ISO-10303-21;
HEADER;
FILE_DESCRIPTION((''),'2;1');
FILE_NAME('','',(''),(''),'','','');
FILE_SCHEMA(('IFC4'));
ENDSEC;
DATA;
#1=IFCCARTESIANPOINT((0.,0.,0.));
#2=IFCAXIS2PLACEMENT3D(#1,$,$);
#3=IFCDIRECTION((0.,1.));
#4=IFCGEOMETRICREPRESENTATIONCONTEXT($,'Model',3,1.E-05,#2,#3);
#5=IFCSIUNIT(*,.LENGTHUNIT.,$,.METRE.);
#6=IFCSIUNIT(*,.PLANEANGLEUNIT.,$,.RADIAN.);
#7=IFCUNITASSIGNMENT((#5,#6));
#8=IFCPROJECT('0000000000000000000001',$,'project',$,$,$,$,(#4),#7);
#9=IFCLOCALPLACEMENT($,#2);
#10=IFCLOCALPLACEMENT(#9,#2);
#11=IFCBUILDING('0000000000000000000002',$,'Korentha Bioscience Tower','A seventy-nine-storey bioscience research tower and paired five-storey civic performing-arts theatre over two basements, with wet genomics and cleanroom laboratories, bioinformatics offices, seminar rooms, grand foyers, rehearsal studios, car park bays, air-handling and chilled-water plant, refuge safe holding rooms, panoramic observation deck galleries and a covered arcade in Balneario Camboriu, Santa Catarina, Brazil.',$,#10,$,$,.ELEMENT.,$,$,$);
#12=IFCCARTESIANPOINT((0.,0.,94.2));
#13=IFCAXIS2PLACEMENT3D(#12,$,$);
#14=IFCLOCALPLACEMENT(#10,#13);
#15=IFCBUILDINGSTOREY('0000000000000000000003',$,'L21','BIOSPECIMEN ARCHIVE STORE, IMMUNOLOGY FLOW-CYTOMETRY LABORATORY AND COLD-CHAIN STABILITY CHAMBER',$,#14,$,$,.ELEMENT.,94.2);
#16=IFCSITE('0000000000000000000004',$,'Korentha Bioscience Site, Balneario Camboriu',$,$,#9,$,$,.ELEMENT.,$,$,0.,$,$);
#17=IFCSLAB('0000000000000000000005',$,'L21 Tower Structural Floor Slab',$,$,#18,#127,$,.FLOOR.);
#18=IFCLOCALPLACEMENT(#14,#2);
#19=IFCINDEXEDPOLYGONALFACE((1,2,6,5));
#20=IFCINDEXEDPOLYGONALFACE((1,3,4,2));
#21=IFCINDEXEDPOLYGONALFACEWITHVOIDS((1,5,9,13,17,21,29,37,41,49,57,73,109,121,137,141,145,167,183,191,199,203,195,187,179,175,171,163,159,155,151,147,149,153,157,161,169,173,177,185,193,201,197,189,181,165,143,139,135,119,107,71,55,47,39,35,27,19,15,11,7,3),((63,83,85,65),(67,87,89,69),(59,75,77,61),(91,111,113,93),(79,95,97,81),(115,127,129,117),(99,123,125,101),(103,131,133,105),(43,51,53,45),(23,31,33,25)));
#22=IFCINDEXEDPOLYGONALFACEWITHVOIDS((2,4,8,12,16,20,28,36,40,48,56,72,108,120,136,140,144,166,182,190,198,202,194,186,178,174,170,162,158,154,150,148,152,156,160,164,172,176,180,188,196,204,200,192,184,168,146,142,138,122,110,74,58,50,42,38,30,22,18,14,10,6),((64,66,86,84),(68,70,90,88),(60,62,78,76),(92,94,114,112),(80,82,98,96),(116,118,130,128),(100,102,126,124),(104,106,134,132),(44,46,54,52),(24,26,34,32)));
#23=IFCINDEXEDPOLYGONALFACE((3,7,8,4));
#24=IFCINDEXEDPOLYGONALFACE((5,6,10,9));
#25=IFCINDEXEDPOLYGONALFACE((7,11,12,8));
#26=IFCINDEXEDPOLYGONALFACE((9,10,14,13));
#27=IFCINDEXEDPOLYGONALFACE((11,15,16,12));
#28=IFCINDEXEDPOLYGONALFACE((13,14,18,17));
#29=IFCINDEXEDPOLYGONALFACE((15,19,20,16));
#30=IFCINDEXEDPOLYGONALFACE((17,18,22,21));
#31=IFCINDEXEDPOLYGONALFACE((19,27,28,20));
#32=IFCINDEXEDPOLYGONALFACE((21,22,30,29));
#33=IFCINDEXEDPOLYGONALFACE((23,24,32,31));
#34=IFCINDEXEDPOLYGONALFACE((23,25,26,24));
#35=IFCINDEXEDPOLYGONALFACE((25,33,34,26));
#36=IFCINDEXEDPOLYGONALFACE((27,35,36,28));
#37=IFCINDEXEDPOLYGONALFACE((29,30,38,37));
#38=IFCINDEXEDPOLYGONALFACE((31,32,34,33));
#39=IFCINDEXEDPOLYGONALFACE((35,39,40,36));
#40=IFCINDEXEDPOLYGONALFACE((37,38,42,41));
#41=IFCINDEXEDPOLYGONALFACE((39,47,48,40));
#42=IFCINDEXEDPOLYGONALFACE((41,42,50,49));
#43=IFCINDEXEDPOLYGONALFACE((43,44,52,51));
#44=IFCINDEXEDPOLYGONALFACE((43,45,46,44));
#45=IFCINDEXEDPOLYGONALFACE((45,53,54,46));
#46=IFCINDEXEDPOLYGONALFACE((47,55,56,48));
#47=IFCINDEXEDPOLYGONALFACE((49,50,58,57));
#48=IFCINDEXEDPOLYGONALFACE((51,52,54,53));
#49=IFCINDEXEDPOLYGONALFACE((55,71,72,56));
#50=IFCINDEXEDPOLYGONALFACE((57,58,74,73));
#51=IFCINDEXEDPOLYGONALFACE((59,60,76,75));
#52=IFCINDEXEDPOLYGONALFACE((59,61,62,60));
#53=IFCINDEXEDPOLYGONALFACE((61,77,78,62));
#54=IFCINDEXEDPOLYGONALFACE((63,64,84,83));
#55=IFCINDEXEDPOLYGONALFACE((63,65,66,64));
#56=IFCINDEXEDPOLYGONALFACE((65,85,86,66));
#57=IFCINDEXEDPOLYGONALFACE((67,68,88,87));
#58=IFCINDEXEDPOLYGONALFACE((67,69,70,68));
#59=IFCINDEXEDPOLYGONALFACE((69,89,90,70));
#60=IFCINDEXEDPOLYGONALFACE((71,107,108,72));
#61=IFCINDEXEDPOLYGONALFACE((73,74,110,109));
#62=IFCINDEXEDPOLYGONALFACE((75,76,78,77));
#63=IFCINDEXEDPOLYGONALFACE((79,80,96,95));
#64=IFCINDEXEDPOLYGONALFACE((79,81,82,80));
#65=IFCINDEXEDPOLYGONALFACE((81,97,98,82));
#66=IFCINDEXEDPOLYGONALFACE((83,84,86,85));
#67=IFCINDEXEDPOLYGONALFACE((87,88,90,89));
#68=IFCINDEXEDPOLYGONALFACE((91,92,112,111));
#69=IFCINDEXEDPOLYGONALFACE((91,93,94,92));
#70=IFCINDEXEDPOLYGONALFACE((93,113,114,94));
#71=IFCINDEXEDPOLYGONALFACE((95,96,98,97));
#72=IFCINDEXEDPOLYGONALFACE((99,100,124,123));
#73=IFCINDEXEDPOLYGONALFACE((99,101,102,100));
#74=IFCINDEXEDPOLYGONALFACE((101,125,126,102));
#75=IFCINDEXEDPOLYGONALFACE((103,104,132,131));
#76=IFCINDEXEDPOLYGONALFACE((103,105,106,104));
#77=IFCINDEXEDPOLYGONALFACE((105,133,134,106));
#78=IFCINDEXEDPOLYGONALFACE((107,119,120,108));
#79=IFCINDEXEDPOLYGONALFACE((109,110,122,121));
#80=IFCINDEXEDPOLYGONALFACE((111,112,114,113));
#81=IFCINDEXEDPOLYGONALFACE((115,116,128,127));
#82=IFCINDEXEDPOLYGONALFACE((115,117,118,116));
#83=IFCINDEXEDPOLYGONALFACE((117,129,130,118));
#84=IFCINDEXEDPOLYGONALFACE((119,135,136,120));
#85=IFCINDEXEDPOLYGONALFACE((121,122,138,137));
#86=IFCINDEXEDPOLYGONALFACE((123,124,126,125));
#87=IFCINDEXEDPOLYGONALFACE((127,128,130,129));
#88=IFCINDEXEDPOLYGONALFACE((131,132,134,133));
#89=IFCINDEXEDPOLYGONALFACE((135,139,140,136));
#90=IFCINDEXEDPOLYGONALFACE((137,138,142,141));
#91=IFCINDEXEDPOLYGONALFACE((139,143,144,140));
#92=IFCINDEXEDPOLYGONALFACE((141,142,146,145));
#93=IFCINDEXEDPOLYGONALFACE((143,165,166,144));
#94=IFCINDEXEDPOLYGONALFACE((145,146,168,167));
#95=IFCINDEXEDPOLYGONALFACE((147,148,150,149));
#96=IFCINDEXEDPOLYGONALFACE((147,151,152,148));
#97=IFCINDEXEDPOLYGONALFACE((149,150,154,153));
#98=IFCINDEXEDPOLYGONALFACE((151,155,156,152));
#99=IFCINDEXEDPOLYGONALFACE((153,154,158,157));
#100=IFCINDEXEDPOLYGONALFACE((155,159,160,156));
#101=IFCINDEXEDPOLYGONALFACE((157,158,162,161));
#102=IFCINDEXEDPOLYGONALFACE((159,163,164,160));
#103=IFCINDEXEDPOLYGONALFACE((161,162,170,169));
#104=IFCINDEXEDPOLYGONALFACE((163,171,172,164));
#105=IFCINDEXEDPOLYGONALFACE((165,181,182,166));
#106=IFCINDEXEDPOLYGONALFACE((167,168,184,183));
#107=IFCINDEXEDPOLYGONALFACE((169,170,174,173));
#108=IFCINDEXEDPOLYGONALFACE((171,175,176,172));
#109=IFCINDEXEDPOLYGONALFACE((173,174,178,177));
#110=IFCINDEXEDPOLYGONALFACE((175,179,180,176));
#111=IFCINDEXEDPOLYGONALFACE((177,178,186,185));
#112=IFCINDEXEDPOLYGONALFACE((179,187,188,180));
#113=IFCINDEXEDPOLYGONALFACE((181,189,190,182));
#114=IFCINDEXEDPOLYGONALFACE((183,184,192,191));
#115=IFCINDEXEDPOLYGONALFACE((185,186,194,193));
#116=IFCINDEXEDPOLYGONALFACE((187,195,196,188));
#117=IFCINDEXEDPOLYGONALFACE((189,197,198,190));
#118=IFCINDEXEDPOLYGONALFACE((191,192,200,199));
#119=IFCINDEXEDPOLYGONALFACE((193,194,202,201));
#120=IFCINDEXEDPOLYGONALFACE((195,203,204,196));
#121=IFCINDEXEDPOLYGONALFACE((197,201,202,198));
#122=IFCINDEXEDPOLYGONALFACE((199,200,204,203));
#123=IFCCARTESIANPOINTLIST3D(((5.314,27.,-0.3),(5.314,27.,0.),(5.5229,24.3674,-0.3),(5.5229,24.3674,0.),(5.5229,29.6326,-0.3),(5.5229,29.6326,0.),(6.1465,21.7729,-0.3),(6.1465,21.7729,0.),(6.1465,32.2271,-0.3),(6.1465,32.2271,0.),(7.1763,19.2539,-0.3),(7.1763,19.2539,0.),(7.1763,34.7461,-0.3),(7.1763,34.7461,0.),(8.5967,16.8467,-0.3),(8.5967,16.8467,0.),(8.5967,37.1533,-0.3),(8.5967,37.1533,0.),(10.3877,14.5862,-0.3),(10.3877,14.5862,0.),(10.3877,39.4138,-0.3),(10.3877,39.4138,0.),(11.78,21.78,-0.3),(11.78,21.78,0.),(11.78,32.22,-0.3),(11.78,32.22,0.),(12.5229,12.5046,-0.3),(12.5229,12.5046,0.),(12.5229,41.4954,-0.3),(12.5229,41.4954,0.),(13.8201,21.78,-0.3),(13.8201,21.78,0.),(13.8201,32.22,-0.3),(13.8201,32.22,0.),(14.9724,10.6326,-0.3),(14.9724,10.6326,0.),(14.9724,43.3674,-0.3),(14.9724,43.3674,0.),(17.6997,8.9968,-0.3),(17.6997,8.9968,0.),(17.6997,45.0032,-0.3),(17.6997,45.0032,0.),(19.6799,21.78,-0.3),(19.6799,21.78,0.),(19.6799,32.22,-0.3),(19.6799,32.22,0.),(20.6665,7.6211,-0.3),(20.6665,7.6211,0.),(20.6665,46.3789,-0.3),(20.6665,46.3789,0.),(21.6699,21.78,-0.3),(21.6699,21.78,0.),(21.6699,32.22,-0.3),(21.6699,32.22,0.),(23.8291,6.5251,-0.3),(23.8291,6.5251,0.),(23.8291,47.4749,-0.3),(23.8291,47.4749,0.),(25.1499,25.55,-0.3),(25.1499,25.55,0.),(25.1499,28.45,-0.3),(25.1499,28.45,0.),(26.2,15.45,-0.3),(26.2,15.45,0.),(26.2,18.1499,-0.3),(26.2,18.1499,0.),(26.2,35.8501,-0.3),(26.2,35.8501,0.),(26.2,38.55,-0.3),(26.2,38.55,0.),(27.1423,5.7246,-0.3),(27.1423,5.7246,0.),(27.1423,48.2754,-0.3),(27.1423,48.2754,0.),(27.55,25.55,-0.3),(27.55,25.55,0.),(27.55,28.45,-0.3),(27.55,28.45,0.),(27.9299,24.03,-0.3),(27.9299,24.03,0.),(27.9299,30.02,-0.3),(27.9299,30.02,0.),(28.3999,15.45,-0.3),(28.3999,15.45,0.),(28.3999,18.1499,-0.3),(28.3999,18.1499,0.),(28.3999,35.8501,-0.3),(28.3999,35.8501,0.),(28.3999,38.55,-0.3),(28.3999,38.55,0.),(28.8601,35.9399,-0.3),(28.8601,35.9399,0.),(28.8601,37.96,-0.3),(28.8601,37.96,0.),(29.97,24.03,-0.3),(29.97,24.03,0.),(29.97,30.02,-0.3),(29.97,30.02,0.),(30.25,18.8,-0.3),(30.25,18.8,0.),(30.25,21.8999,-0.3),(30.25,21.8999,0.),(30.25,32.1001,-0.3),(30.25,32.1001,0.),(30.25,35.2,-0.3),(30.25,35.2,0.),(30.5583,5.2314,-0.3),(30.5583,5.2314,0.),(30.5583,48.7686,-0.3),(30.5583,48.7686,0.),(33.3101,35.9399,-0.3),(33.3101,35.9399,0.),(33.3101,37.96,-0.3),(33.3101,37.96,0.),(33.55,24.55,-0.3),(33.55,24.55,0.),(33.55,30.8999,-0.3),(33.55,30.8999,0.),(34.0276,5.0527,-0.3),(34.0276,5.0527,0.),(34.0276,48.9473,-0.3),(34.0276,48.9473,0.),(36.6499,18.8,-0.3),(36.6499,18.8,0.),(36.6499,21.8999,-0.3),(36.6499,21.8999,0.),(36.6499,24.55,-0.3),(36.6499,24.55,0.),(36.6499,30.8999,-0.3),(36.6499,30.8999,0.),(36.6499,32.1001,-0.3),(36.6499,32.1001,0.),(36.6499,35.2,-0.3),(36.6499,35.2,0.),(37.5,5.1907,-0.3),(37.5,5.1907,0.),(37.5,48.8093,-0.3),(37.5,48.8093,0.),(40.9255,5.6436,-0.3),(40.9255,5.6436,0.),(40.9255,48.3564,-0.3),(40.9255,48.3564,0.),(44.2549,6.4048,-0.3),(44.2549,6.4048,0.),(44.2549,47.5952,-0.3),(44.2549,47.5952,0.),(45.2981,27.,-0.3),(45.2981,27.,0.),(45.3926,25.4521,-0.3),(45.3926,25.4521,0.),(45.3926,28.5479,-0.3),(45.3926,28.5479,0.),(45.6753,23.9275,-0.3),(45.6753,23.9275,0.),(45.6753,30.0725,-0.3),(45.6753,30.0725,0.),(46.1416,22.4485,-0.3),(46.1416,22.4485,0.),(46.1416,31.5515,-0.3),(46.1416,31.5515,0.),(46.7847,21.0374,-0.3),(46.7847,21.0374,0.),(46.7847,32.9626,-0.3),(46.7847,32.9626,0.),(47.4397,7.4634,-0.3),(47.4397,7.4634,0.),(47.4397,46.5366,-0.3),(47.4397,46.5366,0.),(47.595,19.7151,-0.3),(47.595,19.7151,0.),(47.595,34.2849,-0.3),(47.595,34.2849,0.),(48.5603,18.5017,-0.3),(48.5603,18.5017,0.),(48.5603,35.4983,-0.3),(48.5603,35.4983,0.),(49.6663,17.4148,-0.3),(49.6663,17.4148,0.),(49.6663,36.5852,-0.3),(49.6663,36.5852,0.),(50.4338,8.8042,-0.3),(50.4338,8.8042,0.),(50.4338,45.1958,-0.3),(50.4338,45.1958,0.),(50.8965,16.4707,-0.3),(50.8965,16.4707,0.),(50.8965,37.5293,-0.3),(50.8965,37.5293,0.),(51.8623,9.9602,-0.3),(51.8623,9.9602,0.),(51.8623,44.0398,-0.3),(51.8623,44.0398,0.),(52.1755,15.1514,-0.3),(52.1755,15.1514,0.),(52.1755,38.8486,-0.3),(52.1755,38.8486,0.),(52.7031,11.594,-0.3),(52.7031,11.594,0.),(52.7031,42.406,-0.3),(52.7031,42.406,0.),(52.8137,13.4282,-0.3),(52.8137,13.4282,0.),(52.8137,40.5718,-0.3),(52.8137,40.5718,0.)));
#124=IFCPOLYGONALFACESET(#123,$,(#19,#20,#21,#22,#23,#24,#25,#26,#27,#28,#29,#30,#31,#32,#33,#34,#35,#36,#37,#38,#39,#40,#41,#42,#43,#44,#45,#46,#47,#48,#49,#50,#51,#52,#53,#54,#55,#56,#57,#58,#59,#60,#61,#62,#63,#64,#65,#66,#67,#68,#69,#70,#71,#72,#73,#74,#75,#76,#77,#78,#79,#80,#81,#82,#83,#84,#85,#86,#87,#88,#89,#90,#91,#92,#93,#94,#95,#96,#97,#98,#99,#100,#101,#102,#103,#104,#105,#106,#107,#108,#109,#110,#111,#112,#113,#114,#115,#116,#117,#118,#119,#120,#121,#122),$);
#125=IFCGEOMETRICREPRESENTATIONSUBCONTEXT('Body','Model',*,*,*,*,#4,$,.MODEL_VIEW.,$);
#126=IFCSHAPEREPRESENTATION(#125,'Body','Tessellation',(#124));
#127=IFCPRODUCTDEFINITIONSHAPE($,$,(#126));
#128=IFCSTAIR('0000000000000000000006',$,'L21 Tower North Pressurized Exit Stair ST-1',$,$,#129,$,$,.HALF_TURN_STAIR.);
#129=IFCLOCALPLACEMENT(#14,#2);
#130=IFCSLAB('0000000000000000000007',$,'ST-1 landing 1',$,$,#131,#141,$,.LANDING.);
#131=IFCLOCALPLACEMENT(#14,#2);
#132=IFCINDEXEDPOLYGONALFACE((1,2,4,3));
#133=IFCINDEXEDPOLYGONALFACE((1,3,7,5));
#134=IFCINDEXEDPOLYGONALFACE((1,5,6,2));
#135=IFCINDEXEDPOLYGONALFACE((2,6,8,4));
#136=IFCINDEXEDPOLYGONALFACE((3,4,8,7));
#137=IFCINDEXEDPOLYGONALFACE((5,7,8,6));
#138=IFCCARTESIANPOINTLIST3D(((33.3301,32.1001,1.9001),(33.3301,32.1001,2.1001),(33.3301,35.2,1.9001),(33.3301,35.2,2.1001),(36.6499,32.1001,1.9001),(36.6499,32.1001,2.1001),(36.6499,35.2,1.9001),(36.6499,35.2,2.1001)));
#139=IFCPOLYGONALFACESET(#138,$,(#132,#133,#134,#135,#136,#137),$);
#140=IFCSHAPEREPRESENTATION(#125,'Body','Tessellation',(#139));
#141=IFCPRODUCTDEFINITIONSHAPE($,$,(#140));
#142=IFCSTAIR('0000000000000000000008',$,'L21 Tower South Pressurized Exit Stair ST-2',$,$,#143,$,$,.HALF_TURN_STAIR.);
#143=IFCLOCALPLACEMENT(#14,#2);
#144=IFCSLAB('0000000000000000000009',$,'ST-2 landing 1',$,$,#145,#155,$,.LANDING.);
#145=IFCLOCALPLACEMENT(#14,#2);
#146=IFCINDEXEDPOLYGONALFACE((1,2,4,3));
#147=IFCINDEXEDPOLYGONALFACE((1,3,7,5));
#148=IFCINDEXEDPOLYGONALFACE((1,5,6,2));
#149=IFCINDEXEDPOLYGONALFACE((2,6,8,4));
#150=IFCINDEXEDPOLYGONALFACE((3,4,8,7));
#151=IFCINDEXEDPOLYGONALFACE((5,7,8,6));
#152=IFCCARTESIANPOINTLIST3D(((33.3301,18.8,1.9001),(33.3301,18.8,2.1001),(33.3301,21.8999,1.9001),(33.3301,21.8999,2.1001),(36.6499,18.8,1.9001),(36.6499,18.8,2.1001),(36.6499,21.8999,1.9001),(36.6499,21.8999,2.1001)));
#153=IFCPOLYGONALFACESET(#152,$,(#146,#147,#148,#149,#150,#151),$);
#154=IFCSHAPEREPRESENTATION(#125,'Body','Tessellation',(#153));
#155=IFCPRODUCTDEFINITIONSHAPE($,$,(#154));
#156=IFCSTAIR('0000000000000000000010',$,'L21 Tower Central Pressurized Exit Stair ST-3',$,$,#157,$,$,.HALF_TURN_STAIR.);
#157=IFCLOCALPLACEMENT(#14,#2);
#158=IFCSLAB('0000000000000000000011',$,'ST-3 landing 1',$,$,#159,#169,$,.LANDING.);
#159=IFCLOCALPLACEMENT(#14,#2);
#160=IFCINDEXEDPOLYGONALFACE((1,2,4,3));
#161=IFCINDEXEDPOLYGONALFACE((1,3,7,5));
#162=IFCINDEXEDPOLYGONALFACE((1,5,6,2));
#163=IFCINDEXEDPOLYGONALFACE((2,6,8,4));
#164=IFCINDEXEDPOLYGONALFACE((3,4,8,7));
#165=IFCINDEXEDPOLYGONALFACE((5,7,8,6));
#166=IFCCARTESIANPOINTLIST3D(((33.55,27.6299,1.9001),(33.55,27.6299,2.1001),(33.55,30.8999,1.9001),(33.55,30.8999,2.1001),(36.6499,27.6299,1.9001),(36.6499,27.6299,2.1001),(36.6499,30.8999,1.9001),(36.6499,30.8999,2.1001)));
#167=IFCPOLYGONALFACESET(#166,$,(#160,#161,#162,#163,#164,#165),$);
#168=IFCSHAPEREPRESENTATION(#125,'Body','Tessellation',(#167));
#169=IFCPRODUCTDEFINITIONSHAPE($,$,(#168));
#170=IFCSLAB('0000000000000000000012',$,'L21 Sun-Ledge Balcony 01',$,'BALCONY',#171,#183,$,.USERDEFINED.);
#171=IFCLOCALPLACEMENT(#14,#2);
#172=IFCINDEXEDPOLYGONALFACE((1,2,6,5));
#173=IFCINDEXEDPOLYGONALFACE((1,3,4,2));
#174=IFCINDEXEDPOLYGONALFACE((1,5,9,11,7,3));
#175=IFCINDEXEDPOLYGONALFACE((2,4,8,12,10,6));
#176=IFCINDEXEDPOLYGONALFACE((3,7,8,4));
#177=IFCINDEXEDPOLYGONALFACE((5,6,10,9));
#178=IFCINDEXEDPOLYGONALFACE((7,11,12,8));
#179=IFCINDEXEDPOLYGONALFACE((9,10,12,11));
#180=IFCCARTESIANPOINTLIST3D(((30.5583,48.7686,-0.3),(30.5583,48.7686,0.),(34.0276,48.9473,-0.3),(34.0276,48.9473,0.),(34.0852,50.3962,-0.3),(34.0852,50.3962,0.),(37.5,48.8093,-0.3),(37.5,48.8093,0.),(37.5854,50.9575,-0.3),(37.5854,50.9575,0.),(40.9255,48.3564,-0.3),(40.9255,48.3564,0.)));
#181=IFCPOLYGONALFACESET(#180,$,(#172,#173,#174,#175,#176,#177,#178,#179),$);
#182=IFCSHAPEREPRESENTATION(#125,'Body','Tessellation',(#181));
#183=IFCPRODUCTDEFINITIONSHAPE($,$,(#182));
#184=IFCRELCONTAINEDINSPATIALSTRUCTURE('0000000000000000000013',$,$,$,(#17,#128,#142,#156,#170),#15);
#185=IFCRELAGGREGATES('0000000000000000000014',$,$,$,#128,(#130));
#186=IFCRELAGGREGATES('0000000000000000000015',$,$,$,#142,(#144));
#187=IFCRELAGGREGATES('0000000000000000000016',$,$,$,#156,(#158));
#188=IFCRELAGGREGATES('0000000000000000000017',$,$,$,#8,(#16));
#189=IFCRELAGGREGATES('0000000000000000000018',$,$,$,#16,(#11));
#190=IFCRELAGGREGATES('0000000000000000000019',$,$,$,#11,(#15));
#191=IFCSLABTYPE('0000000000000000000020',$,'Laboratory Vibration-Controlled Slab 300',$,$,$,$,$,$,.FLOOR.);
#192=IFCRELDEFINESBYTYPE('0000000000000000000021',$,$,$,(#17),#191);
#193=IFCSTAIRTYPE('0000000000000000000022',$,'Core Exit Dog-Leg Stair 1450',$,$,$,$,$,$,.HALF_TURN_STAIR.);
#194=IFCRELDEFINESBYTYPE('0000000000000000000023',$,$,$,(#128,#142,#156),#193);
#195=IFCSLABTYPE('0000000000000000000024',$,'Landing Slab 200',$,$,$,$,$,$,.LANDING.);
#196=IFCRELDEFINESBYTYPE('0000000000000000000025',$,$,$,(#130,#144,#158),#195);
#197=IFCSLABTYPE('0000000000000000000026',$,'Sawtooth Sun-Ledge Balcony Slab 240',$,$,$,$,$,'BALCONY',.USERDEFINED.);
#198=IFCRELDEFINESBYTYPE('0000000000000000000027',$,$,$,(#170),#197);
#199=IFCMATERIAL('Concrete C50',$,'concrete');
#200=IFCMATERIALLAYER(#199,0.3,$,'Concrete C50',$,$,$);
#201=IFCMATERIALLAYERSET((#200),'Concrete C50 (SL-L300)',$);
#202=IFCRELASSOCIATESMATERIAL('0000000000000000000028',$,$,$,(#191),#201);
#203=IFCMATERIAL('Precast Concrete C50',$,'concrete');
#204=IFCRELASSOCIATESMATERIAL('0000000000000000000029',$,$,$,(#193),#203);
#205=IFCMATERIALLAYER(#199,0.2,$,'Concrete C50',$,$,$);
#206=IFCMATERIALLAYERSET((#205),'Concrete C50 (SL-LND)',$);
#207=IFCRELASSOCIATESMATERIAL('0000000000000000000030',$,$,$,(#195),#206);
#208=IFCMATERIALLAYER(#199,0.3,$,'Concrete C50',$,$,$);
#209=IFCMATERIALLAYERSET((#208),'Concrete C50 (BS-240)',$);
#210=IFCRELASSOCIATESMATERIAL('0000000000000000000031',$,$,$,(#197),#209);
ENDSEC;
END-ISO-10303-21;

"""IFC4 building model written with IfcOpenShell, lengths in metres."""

from ifc_helpers import new_model, si_unit, direction, frame, origin, place, context, subcontext, project, spatial, polyline, outline, extrude, material, layer, layer_set, type_object, element, aggregate, save


model = new_model("IFC4")

# Units and contexts
model_context = context("Model", 3, precision=1e-05, world=origin(), true_north=direction((0.0, 1.0)))
body_context = subcontext(model_context, "Body", "Model", "MODEL_VIEW")
ifc_project = project(units=[si_unit("LENGTHUNIT", "METRE"), si_unit("PLANEANGLEUNIT", "RADIAN")], contexts=[model_context])

# Site, building, storey
site_placement = place(None, origin())
site = spatial("IfcSite", under=ifc_project, at=site_placement, Name="Korentha Bioscience Site, Balneario Camboriu", CompositionType="ELEMENT", RefElevation=0.0)
building_placement = place(site_placement, origin())
building = spatial("IfcBuilding", under=site, at=building_placement, Name="Korentha Bioscience Tower", Description="A seventy-nine-storey bioscience research tower and paired five-storey civic performing-arts theatre over two basements, with wet genomics and cleanroom laboratories, bioinformatics offices, seminar rooms, grand foyers, rehearsal studios, car park bays, air-handling and chilled-water plant, refuge safe holding rooms, panoramic observation deck galleries and a covered arcade in Balneario Camboriu, Santa Catarina, Brazil.", CompositionType="ELEMENT")
storey_placement = place(building_placement, frame((0.0, 0.0, 94.2)))
storey = spatial("IfcBuildingStorey", under=building, at=storey_placement, Name="L21", Description="BIOSPECIMEN ARCHIVE STORE, IMMUNOLOGY FLOW-CYTOMETRY LABORATORY AND COLD-CHAIN STABILITY CHAMBER", CompositionType="ELEMENT", Elevation=94.2)

# Slab
ifc_material_1 = material(Name="Concrete C50", Category="concrete")
ifc_layer_1 = layer(ifc_material_1, 0.3, Name="Concrete C50")
ifc_layer_set_1 = layer_set([ifc_layer_1], Name="Concrete C50 (SL-L300)")
slab_type_1 = type_object("IfcSlabType", Name="Laboratory Vibration-Controlled Slab 300", PredefinedType="FLOOR", material=ifc_layer_set_1)
slab_1_placement = place(storey_placement, frame((0.0, 0.0, -0.3)))
element("IfcSlab", 1, at=slab_1_placement, inside=storey, type_object=slab_type_1, Name="L21 Tower Structural Floor Slab", PredefinedType="FLOOR", context=body_context, shape_type="SweptSolid", body=[
    extrude(outline(polyline([(50.4338, 45.1958), (47.4397, 46.5366), (44.2549, 47.5952), (40.9255, 48.3564), (37.5, 48.8093), (34.0276, 48.9473), (30.5583, 48.7686), (27.1423, 48.2754), (23.8291, 47.4749), (20.6665, 46.3789), (17.6997, 45.0032), (14.9724, 43.3674), (12.5229, 41.4954), (10.3877, 39.4138), (8.5967, 37.1533), (7.1763, 34.7461), (6.1465, 32.2271), (5.5229, 29.6326), (5.314, 27.0), (5.5229, 24.3674), (6.1465, 21.7729), (7.1763, 19.2539), (8.5967, 16.8467), (10.3877, 14.5862), (12.5229, 12.5046), (14.9724, 10.6326), (17.6997, 8.9968), (20.6665, 7.6211), (23.8291, 6.5251), (27.1423, 5.7246), (30.5583, 5.2314), (34.0276, 5.0527), (37.5, 5.1907), (40.9255, 5.6436), (44.2549, 6.4048), (47.4397, 7.4634), (50.4338, 8.8042), (51.8623, 9.9602), (52.7031, 11.594), (52.8137, 13.4282), (52.1755, 15.1514), (50.8965, 16.4707), (49.6663, 17.4148), (48.5603, 18.5017), (47.595, 19.7151), (46.7847, 21.0374), (46.1416, 22.4485), (45.6753, 23.9275), (45.3926, 25.4521), (45.2981, 27.0), (45.3926, 28.5479), (45.6753, 30.0725), (46.1416, 31.5515), (46.7847, 32.9626), (47.595, 34.2849), (48.5603, 35.4983), (49.6663, 36.5852), (50.8965, 37.5293), (52.1755, 38.8486), (52.8137, 40.5718), (52.7031, 42.406), (51.8623, 44.0398), (50.4338, 45.1958)]), holes=[polyline([(30.25, 32.1001), (36.6499, 32.1001), (36.6499, 35.2), (30.25, 35.2), (30.25, 32.1001)]), polyline([(30.25, 18.8), (36.6499, 18.8), (36.6499, 21.8999), (30.25, 21.8999), (30.25, 18.8)]), polyline([(36.6499, 24.55), (36.6499, 30.8999), (33.55, 30.8999), (33.55, 24.55), (36.6499, 24.55)]), polyline([(11.78, 21.78), (13.8201, 21.78), (13.8201, 32.22), (11.78, 32.22), (11.78, 21.78)]), polyline([(19.6799, 21.78), (21.6699, 21.78), (21.6699, 32.22), (19.6799, 32.22), (19.6799, 21.78)]), polyline([(27.9299, 24.03), (29.97, 24.03), (29.97, 30.02), (27.9299, 30.02), (27.9299, 24.03)]), polyline([(28.8601, 35.9399), (33.3101, 35.9399), (33.3101, 37.96), (28.8601, 37.96), (28.8601, 35.9399)]), polyline([(26.2, 15.45), (28.3999, 15.45), (28.3999, 18.1499), (26.2, 18.1499), (26.2, 15.45)]), polyline([(26.2, 35.8501), (28.3999, 35.8501), (28.3999, 38.55), (26.2, 38.55), (26.2, 35.8501)]), polyline([(25.1499, 25.55), (27.55, 25.55), (27.55, 28.45), (25.1499, 28.45), (25.1499, 25.55)])]), origin(), (0.0, 0.0, 1.0), 0.3),
])

# Stairs, slabs
ifc_material_2 = material(Name="Precast Concrete C50", Category="concrete")
stair_type = type_object("IfcStairType", Name="Core Exit Dog-Leg Stair 1450", PredefinedType="HALF_TURN_STAIR", material=ifc_material_2)
stair_1_placement = place(storey_placement, origin())
stair_1 = element("IfcStair", 2, at=stair_1_placement, inside=storey, type_object=stair_type, Name="L21 Tower North Pressurized Exit Stair ST-1", PredefinedType="HALF_TURN_STAIR")
ifc_layer_2 = layer(ifc_material_1, 0.2, Name="Concrete C50")
ifc_layer_set_2 = layer_set([ifc_layer_2], Name="Concrete C50 (SL-LND)")
slab_type_2 = type_object("IfcSlabType", Name="Landing Slab 200", PredefinedType="LANDING", material=ifc_layer_set_2)
slab_2_placement = place(storey_placement, frame((0.0, 0.0, 1.9001)))
slab_2 = element("IfcSlab", 3, at=slab_2_placement, type_object=slab_type_2, Name="ST-1 landing 1", PredefinedType="LANDING", context=body_context, shape_type="SweptSolid", body=[
    extrude(outline(polyline([(33.3301, 32.1001), (36.6499, 32.1001), (36.6499, 35.2), (33.3301, 35.2), (33.3301, 32.1001)])), origin(), (0.0, 0.0, 1.0), 0.2),
])
aggregate(stair_1, [slab_2])
stair_2_placement = place(storey_placement, origin())
stair_2 = element("IfcStair", 4, at=stair_2_placement, inside=storey, type_object=stair_type, Name="L21 Tower South Pressurized Exit Stair ST-2", PredefinedType="HALF_TURN_STAIR")
slab_3_placement = place(storey_placement, frame((0.0, 0.0, 1.9001)))
slab_3 = element("IfcSlab", 5, at=slab_3_placement, type_object=slab_type_2, Name="ST-2 landing 1", PredefinedType="LANDING", context=body_context, shape_type="SweptSolid", body=[
    extrude(outline(polyline([(33.3301, 18.8), (36.6499, 18.8), (36.6499, 21.8999), (33.3301, 21.8999), (33.3301, 18.8)])), origin(), (0.0, 0.0, 1.0), 0.2),
])
aggregate(stair_2, [slab_3])
stair_3_placement = place(storey_placement, origin())
stair_3 = element("IfcStair", 6, at=stair_3_placement, inside=storey, type_object=stair_type, Name="L21 Tower Central Pressurized Exit Stair ST-3", PredefinedType="HALF_TURN_STAIR")
slab_4_placement = place(storey_placement, frame((0.0, 0.0, 1.9001)))
slab_4 = element("IfcSlab", 7, at=slab_4_placement, type_object=slab_type_2, Name="ST-3 landing 1", PredefinedType="LANDING", context=body_context, shape_type="SweptSolid", body=[
    extrude(outline(polyline([(36.6499, 27.6299), (36.6499, 30.8999), (33.55, 30.8999), (33.55, 27.6299), (36.6499, 27.6299)])), origin(), (0.0, 0.0, 1.0), 0.2),
])
aggregate(stair_3, [slab_4])

# Slab
ifc_layer_3 = layer(ifc_material_1, 0.3, Name="Concrete C50")
ifc_layer_set_3 = layer_set([ifc_layer_3], Name="Concrete C50 (BS-240)")
slab_type_3 = type_object("IfcSlabType", Name="Sawtooth Sun-Ledge Balcony Slab 240", ElementType="BALCONY", PredefinedType="USERDEFINED", material=ifc_layer_set_3)
slab_5_placement = place(storey_placement, frame((0.0, 0.0, -0.3)))
element("IfcSlab", 8, at=slab_5_placement, inside=storey, type_object=slab_type_3, Name="L21 Sun-Ledge Balcony 01", ObjectType="BALCONY", PredefinedType="USERDEFINED", context=body_context, shape_type="SweptSolid", body=[
    extrude(outline(polyline([(30.5583, 48.7686), (34.0276, 48.9473), (37.5, 48.8093), (40.9255, 48.3564), (37.5854, 50.9575), (34.0852, 50.3962), (30.5583, 48.7686)])), origin(), (0.0, 0.0, 1.0), 0.3),
])

save(model, "model.ifc")
